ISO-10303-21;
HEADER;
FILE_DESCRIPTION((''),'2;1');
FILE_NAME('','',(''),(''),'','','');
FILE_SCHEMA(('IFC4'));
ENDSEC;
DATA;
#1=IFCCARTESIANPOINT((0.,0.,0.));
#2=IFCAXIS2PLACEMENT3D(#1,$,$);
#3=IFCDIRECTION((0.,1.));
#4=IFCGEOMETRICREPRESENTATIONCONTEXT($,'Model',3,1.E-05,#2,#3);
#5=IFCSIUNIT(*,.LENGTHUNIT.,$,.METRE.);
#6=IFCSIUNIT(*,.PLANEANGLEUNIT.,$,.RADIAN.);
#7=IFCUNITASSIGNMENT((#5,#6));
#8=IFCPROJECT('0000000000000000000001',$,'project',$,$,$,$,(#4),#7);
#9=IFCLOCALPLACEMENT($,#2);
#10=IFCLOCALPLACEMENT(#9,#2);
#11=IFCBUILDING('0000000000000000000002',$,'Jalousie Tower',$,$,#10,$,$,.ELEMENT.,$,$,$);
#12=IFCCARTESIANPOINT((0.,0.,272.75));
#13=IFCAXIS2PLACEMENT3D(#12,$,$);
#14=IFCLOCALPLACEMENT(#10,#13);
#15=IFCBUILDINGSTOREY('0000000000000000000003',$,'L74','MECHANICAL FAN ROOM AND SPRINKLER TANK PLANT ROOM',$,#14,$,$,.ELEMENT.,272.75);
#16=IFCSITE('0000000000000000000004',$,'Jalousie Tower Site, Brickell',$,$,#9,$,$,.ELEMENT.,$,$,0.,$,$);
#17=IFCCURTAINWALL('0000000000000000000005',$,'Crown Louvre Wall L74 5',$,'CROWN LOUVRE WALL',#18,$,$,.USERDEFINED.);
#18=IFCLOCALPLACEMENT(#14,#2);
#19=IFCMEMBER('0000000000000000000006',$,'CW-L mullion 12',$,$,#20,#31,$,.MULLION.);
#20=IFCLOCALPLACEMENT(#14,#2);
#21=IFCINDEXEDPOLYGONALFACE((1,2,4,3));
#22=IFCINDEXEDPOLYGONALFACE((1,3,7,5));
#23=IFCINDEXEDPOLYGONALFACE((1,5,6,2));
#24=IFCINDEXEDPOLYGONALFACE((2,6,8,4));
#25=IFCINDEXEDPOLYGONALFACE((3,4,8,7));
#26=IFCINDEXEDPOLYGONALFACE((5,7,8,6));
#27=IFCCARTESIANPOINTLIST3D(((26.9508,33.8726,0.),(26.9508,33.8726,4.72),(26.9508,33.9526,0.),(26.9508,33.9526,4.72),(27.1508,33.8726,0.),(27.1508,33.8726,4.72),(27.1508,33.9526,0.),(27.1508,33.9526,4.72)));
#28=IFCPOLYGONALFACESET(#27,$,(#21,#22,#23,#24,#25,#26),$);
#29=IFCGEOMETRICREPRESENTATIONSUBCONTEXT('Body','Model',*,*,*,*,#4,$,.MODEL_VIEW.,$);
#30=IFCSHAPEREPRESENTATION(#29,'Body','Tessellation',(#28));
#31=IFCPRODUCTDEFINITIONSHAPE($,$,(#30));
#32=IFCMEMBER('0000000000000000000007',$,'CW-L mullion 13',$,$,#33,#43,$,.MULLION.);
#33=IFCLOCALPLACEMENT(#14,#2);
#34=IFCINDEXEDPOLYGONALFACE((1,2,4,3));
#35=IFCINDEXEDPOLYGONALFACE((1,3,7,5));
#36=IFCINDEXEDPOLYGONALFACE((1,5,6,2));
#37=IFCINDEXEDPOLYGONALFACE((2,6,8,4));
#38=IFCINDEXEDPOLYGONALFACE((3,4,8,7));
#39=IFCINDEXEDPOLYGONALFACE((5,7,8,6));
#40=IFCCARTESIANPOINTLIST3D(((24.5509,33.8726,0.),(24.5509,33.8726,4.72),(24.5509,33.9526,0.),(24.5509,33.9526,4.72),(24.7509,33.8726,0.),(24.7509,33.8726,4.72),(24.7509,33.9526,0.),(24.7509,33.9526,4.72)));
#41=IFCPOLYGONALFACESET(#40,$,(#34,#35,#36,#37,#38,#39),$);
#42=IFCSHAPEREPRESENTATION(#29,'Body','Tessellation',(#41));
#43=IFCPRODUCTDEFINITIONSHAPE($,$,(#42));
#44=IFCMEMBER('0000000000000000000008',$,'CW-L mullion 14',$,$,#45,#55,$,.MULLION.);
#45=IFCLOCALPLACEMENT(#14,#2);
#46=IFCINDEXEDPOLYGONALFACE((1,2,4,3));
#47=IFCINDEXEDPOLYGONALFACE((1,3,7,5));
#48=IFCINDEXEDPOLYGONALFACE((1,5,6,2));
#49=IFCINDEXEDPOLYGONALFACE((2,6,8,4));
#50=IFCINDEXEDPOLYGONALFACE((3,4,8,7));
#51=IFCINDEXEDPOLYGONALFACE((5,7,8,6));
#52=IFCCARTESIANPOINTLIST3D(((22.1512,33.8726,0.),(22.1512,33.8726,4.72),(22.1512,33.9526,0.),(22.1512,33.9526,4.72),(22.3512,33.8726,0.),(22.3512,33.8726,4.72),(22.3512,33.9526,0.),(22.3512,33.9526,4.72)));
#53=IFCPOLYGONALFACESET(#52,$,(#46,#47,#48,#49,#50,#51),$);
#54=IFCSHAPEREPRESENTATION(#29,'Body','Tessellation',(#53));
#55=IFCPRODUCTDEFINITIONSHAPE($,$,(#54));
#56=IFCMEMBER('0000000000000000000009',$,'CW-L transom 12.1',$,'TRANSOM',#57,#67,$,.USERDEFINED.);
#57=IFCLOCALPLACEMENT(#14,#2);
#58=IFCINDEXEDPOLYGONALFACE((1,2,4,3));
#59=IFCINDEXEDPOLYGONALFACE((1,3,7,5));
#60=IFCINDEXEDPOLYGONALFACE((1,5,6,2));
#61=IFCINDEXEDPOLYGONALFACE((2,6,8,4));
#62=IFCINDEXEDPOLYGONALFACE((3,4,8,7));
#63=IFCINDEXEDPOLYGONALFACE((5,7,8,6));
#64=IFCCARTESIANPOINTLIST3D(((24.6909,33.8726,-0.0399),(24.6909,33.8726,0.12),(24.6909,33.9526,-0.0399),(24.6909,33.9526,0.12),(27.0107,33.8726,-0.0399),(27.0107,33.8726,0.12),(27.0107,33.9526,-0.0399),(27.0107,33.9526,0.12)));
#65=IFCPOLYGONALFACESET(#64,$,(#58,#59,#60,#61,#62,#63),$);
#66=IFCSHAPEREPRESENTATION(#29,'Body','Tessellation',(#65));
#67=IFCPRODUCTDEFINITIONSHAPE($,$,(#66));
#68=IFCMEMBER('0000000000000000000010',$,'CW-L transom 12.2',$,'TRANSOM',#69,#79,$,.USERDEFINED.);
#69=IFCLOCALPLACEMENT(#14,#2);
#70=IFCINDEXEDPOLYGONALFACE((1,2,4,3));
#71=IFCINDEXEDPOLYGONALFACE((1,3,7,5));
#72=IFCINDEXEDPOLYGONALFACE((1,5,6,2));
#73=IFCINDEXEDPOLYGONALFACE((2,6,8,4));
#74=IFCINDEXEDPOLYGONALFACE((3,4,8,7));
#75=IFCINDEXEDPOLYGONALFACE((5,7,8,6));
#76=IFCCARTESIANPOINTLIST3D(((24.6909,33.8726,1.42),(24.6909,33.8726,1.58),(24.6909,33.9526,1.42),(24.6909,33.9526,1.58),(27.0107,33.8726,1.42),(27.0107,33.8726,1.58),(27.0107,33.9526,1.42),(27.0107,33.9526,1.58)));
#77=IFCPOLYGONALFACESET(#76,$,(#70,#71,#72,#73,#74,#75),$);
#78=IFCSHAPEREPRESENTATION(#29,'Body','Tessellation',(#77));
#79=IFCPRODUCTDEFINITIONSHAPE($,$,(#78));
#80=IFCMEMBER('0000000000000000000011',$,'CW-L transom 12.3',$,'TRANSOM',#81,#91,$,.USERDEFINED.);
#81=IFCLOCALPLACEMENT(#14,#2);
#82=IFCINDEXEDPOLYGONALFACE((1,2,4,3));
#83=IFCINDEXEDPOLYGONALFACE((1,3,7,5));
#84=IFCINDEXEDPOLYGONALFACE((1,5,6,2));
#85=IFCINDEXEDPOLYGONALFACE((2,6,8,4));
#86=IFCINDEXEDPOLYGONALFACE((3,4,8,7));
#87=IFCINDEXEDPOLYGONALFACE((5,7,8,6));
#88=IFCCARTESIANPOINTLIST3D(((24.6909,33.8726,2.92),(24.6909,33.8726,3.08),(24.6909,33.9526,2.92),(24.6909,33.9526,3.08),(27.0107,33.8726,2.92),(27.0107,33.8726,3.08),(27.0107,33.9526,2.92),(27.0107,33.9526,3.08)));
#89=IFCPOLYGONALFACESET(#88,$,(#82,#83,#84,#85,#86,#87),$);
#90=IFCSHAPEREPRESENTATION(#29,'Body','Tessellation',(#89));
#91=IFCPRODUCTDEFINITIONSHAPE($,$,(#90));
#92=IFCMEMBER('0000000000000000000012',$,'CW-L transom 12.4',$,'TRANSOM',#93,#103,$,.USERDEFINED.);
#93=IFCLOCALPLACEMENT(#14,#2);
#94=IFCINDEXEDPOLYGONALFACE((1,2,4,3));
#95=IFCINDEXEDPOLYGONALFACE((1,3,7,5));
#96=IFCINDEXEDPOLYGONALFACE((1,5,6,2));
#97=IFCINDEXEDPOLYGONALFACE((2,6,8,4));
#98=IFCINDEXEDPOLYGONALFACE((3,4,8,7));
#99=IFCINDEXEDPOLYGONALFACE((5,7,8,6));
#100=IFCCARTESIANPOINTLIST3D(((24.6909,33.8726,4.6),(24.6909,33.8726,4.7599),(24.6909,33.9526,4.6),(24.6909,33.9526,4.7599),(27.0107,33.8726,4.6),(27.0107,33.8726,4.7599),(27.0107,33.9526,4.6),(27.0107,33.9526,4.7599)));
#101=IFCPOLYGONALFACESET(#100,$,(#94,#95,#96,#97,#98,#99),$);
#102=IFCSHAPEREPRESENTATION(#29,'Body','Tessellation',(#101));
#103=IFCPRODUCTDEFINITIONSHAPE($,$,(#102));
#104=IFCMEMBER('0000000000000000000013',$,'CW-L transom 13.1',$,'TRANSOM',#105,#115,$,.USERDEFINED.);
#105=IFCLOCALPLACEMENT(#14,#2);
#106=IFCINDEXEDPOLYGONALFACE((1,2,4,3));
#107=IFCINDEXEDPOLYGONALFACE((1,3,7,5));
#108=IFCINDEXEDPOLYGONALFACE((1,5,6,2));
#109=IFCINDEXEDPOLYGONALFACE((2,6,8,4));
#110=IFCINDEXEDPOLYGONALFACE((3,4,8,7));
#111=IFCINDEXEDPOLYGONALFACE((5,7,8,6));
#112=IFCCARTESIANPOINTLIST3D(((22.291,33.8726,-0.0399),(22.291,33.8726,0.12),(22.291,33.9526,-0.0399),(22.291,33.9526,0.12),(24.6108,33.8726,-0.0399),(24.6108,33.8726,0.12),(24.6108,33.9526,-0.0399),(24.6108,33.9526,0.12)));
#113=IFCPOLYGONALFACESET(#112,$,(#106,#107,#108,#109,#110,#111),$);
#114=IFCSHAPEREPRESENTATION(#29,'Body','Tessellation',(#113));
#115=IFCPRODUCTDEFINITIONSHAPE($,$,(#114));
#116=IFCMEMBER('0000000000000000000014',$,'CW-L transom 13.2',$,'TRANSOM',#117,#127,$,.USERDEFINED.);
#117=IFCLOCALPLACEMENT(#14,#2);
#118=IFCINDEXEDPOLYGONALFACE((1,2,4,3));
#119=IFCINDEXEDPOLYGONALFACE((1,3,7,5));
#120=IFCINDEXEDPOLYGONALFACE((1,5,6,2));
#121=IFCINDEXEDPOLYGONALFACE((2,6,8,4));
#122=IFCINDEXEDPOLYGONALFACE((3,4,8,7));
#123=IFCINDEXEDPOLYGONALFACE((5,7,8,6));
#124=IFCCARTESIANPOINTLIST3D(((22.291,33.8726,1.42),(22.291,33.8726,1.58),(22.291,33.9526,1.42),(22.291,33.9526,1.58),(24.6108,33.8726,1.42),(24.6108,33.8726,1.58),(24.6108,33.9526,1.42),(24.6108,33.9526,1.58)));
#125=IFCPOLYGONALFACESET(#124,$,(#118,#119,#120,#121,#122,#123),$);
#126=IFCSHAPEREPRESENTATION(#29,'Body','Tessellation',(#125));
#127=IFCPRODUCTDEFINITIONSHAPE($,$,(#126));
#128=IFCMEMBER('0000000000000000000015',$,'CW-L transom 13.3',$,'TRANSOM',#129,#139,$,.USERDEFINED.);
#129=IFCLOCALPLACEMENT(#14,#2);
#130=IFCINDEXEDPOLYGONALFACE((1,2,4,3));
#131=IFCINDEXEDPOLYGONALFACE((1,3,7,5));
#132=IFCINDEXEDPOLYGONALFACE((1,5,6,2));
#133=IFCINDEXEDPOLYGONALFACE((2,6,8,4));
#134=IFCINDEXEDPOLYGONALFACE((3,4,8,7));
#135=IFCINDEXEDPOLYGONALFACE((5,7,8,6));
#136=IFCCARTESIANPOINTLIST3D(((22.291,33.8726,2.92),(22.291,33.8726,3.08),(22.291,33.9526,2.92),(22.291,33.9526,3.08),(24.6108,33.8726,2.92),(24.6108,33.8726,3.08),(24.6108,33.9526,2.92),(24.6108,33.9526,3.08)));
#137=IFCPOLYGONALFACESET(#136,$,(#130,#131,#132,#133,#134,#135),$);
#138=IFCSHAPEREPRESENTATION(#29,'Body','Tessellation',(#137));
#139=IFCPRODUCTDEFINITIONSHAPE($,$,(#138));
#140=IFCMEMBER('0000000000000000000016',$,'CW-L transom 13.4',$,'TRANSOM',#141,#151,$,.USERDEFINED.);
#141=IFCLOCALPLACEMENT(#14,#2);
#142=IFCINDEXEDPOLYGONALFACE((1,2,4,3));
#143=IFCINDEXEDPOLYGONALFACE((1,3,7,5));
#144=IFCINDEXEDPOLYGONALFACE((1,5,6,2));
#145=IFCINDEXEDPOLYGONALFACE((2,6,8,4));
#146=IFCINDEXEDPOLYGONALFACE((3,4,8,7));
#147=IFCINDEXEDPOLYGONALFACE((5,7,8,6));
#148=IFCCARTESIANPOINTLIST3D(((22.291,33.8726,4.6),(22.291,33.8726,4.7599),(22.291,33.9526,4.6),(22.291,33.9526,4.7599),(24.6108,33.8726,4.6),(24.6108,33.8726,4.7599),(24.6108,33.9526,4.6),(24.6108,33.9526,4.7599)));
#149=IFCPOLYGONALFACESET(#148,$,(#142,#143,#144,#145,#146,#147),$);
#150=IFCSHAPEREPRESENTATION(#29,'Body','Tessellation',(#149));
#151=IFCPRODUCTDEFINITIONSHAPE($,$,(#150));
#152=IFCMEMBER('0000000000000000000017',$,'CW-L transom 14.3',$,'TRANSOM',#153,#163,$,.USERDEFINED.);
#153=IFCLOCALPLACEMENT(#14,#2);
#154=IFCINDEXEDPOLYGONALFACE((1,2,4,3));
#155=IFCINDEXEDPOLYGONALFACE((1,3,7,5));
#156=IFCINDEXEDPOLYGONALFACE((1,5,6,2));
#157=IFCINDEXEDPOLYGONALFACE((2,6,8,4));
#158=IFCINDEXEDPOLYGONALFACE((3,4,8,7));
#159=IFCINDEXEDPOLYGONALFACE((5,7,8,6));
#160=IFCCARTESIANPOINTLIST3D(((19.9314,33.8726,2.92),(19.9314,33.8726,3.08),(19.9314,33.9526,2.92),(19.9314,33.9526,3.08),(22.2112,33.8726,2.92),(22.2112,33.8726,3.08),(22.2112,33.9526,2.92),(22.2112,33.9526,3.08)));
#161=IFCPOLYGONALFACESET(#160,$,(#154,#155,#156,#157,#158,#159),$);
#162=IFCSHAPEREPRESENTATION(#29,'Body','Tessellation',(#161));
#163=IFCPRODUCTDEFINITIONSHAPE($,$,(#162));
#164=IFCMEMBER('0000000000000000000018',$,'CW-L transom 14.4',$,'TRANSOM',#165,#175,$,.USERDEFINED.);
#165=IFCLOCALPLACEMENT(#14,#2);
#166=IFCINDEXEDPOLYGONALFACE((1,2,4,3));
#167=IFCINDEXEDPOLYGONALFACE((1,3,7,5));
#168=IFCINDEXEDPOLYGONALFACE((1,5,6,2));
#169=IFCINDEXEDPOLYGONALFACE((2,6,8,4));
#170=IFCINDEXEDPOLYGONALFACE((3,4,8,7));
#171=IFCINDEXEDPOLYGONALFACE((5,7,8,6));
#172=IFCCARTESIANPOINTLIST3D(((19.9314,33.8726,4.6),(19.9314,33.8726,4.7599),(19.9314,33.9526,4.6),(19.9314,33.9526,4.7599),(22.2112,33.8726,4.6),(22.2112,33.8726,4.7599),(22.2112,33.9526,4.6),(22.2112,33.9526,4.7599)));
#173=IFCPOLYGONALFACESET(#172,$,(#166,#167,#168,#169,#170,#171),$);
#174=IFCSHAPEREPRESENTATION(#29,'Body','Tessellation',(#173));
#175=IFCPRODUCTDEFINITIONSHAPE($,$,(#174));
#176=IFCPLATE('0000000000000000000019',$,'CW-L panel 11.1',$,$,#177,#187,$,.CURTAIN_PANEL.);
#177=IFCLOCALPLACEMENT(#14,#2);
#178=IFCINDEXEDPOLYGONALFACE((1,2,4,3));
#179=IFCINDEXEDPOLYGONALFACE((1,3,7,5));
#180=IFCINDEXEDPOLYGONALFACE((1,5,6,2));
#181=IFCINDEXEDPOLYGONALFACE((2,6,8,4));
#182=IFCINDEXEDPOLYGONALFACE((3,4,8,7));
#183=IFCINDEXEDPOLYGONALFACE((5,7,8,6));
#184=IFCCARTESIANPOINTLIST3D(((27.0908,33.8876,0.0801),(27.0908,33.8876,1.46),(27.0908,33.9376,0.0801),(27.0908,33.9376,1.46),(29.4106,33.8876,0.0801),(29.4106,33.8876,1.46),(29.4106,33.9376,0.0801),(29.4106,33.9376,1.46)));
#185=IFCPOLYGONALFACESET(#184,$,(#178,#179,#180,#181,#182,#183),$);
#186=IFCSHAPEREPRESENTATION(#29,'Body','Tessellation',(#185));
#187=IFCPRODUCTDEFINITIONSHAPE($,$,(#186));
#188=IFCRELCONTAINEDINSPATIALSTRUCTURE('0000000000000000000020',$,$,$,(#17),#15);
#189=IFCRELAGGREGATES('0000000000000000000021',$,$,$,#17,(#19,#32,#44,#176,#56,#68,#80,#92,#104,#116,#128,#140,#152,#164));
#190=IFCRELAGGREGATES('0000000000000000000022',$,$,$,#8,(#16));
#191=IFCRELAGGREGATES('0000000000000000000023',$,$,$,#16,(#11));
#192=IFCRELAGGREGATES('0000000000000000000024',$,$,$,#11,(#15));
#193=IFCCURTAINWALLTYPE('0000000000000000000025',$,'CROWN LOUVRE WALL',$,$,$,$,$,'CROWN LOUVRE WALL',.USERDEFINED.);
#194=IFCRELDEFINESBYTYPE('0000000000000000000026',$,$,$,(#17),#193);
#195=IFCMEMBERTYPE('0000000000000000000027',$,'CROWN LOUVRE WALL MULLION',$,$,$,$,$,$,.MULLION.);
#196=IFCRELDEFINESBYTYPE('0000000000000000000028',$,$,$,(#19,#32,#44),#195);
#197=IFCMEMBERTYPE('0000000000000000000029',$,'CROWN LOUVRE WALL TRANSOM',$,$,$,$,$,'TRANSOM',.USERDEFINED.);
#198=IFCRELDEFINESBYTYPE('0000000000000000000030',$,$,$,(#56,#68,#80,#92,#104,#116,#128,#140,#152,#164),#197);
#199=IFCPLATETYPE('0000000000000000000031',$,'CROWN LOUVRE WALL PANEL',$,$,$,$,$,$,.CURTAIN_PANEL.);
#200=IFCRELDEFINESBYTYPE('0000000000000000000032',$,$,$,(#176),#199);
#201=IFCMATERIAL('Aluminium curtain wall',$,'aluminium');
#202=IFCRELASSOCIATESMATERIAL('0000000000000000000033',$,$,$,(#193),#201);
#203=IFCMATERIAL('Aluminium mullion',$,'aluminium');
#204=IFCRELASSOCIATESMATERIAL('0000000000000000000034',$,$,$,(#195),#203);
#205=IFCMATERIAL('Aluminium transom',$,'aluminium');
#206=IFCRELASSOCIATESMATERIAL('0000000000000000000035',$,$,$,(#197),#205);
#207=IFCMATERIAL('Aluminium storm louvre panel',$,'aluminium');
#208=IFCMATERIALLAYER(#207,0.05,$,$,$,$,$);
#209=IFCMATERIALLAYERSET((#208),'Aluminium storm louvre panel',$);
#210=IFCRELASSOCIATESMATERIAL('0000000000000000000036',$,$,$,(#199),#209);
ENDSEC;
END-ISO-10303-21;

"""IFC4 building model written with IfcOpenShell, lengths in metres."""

from ifc_helpers import new_model, si_unit, direction, frame, origin, origin_2d, place, context, subcontext, project, spatial, rectangle, extrude, material, layer, layer_set, material_profile, profile_set, type_object, element, aggregate, save


model = new_model("IFC4")

# Units and contexts
model_context = context("Model", 3, precision=1e-05, world=origin(), true_north=direction((0.0, 1.0)))
body_context = subcontext(model_context, "Body", "Model", "MODEL_VIEW")
ifc_project = project(units=[si_unit("LENGTHUNIT", "METRE"), si_unit("PLANEANGLEUNIT", "RADIAN")], contexts=[model_context])

# Site, building, storey
site_placement = place(None, origin())
site = spatial("IfcSite", under=ifc_project, at=site_placement, Name="Jalousie Tower Site, Brickell", CompositionType="ELEMENT", RefElevation=0.0)
building_placement = place(site_placement, origin())
building = spatial("IfcBuilding", under=site, at=building_placement, Name="Jalousie Tower", CompositionType="ELEMENT")
storey_placement = place(building_placement, frame((0.0, 0.0, 272.75)))
storey = spatial("IfcBuildingStorey", under=building, at=storey_placement, Name="L74", Description="MECHANICAL FAN ROOM AND SPRINKLER TANK PLANT ROOM", CompositionType="ELEMENT", Elevation=272.75)

# Curtain wall, members, plate
ifc_material_1 = material(Name="Aluminium curtain wall", Category="aluminium")
curtain_wall_type = type_object("IfcCurtainWallType", Name="CROWN LOUVRE WALL", ElementType="CROWN LOUVRE WALL", PredefinedType="USERDEFINED", material=ifc_material_1)
curtain_wall_placement = place(storey_placement, origin())
curtain_wall = element("IfcCurtainWall", 1, at=curtain_wall_placement, inside=storey, type_object=curtain_wall_type, Name="Crown Louvre Wall L74 5", ObjectType="CROWN LOUVRE WALL", PredefinedType="USERDEFINED")
ifc_material_2 = material(Name="Aluminium mullion", Category="aluminium")
ifc_material_profile_1 = material_profile(ifc_material_2, rectangle(XDim=0.0801, YDim=0.2, at=origin_2d()), Name="MULLION 80x200")
ifc_profile_set_1 = profile_set([ifc_material_profile_1], Name="Aluminium mullion")
member_type_1 = type_object("IfcMemberType", Name="CROWN LOUVRE WALL MULLION", PredefinedType="MULLION", material=ifc_profile_set_1)
member_1_placement = place(storey_placement, frame((27.0508, 33.9126, 0.0), z_axis=(0.0, 0.0, 1.0), x_axis=(0.0, -1.0, 0.0)))
member_1 = element("IfcMember", 2, at=member_1_placement, type_object=member_type_1, Name="CW-L mullion 12", PredefinedType="MULLION", context=body_context, shape_type="SweptSolid", body=[
    extrude(rectangle(XDim=0.0801, YDim=0.2, at=origin_2d()), origin(), (0.0, 0.0, 1.0), 4.72),
])
member_2_placement = place(storey_placement, frame((24.6509, 33.9126, 0.0), z_axis=(0.0, 0.0, 1.0), x_axis=(0.0, -1.0, 0.0)))
member_2 = element("IfcMember", 3, at=member_2_placement, type_object=member_type_1, Name="CW-L mullion 13", PredefinedType="MULLION", context=body_context, shape_type="SweptSolid", body=[
    extrude(rectangle(XDim=0.0801, YDim=0.2, at=origin_2d()), origin(), (0.0, 0.0, 1.0), 4.72),
])
member_3_placement = place(storey_placement, frame((22.2512, 33.9126, 0.0), z_axis=(0.0, 0.0, 1.0), x_axis=(0.0, -1.0, 0.0)))
member_3 = element("IfcMember", 4, at=member_3_placement, type_object=member_type_1, Name="CW-L mullion 14", PredefinedType="MULLION", context=body_context, shape_type="SweptSolid", body=[
    extrude(rectangle(XDim=0.0801, YDim=0.2, at=origin_2d()), origin(), (0.0, 0.0, 1.0), 4.72),
])
ifc_material_3 = material(Name="Aluminium transom", Category="aluminium")
ifc_material_profile_2 = material_profile(ifc_material_3, rectangle(XDim=0.0801, YDim=0.1599, at=origin_2d()), Name="TRANSOM 80x160")
ifc_profile_set_2 = profile_set([ifc_material_profile_2], Name="Aluminium transom")
member_type_2 = type_object("IfcMemberType", Name="CROWN LOUVRE WALL TRANSOM", ElementType="TRANSOM", PredefinedType="USERDEFINED", material=ifc_profile_set_2)
member_4_placement = place(storey_placement, frame((27.0107, 33.9126, 0.04), z_axis=(-1.0, 0.0, 0.0), x_axis=(0.0, -1.0, 0.0)))
member_4 = element("IfcMember", 5, at=member_4_placement, type_object=member_type_2, Name="CW-L transom 12.1", ObjectType="TRANSOM", PredefinedType="USERDEFINED", context=body_context, shape_type="SweptSolid", body=[
    extrude(rectangle(XDim=0.0801, YDim=0.1599, at=origin_2d()), origin(), (0.0, 0.0, 1.0), 2.3198),
])
member_5_placement = place(storey_placement, frame((27.0107, 33.9126, 1.5), z_axis=(-1.0, 0.0, 0.0), x_axis=(0.0, -1.0, 0.0)))
member_5 = element("IfcMember", 6, at=member_5_placement, type_object=member_type_2, Name="CW-L transom 12.2", ObjectType="TRANSOM", PredefinedType="USERDEFINED", context=body_context, shape_type="SweptSolid", body=[
    extrude(rectangle(XDim=0.0801, YDim=0.1599, at=origin_2d()), origin(), (0.0, 0.0, 1.0), 2.3198),
])
member_6_placement = place(storey_placement, frame((27.0107, 33.9126, 3.0), z_axis=(-1.0, 0.0, 0.0), x_axis=(0.0, -1.0, 0.0)))
member_6 = element("IfcMember", 7, at=member_6_placement, type_object=member_type_2, Name="CW-L transom 12.3", ObjectType="TRANSOM", PredefinedType="USERDEFINED", context=body_context, shape_type="SweptSolid", body=[
    extrude(rectangle(XDim=0.0801, YDim=0.1599, at=origin_2d()), origin(), (0.0, 0.0, 1.0), 2.3198),
])
member_7_placement = place(storey_placement, frame((27.0107, 33.9126, 4.6799), z_axis=(-1.0, 0.0, 0.0), x_axis=(0.0, -1.0, 0.0)))
member_7 = element("IfcMember", 8, at=member_7_placement, type_object=member_type_2, Name="CW-L transom 12.4", ObjectType="TRANSOM", PredefinedType="USERDEFINED", context=body_context, shape_type="SweptSolid", body=[
    extrude(rectangle(XDim=0.0801, YDim=0.1599, at=origin_2d()), origin(), (0.0, 0.0, 1.0), 2.3198),
])
member_8_placement = place(storey_placement, frame((24.6108, 33.9126, 0.04), z_axis=(-1.0, 0.0, 0.0), x_axis=(0.0, -1.0, 0.0)))
member_8 = element("IfcMember", 9, at=member_8_placement, type_object=member_type_2, Name="CW-L transom 13.1", ObjectType="TRANSOM", PredefinedType="USERDEFINED", context=body_context, shape_type="SweptSolid", body=[
    extrude(rectangle(XDim=0.0801, YDim=0.1599, at=origin_2d()), origin(), (0.0, 0.0, 1.0), 2.3198),
])
member_9_placement = place(storey_placement, frame((24.6108, 33.9126, 1.5), z_axis=(-1.0, 0.0, 0.0), x_axis=(0.0, -1.0, 0.0)))
member_9 = element("IfcMember", 10, at=member_9_placement, type_object=member_type_2, Name="CW-L transom 13.2", ObjectType="TRANSOM", PredefinedType="USERDEFINED", context=body_context, shape_type="SweptSolid", body=[
    extrude(rectangle(XDim=0.0801, YDim=0.1599, at=origin_2d()), origin(), (0.0, 0.0, 1.0), 2.3198),
])
member_10_placement = place(storey_placement, frame((24.6108, 33.9126, 3.0), z_axis=(-1.0, 0.0, 0.0), x_axis=(0.0, -1.0, 0.0)))
member_10 = element("IfcMember", 11, at=member_10_placement, type_object=member_type_2, Name="CW-L transom 13.3", ObjectType="TRANSOM", PredefinedType="USERDEFINED", context=body_context, shape_type="SweptSolid", body=[
    extrude(rectangle(XDim=0.0801, YDim=0.1599, at=origin_2d()), origin(), (0.0, 0.0, 1.0), 2.3198),
])
member_11_placement = place(storey_placement, frame((24.6108, 33.9126, 4.6799), z_axis=(-1.0, 0.0, 0.0), x_axis=(0.0, -1.0, 0.0)))
member_11 = element("IfcMember", 12, at=member_11_placement, type_object=member_type_2, Name="CW-L transom 13.4", ObjectType="TRANSOM", PredefinedType="USERDEFINED", context=body_context, shape_type="SweptSolid", body=[
    extrude(rectangle(XDim=0.0801, YDim=0.1599, at=origin_2d()), origin(), (0.0, 0.0, 1.0), 2.3198),
])
member_12_placement = place(storey_placement, frame((22.2112, 33.9126, 3.0), z_axis=(-1.0, 0.0, 0.0), x_axis=(0.0, -1.0, 0.0)))
member_12 = element("IfcMember", 13, at=member_12_placement, type_object=member_type_2, Name="CW-L transom 14.3", ObjectType="TRANSOM", PredefinedType="USERDEFINED", context=body_context, shape_type="SweptSolid", body=[
    extrude(rectangle(XDim=0.0801, YDim=0.1599, at=origin_2d()), origin(), (0.0, 0.0, 1.0), 2.2798),
])
member_13_placement = place(storey_placement, frame((22.2112, 33.9126, 4.6799), z_axis=(-1.0, 0.0, 0.0), x_axis=(0.0, -1.0, 0.0)))
member_13 = element("IfcMember", 14, at=member_13_placement, type_object=member_type_2, Name="CW-L transom 14.4", ObjectType="TRANSOM", PredefinedType="USERDEFINED", context=body_context, shape_type="SweptSolid", body=[
    extrude(rectangle(XDim=0.0801, YDim=0.1599, at=origin_2d()), origin(), (0.0, 0.0, 1.0), 2.2798),
])
ifc_material_4 = material(Name="Aluminium storm louvre panel", Category="aluminium")
ifc_layer = layer(ifc_material_4, 0.05)
ifc_layer_set = layer_set([ifc_layer], Name="Aluminium storm louvre panel")
plate_type = type_object("IfcPlateType", Name="CROWN LOUVRE WALL PANEL", PredefinedType="CURTAIN_PANEL", material=ifc_layer_set)
plate_1_placement = place(storey_placement, frame((28.2507, 33.9126, 0.0801), z_axis=(0.0, 0.0, 1.0), x_axis=(-1.0, 0.0, 0.0)))
plate_1 = element("IfcPlate", 15, at=plate_1_placement, type_object=plate_type, Name="CW-L panel 11.1", PredefinedType="CURTAIN_PANEL", context=body_context, shape_type="SweptSolid", body=[
    extrude(rectangle(XDim=2.3198, YDim=0.05, at=origin_2d()), origin(), (0.0, 0.0, 1.0), 1.3799),
])
aggregate(curtain_wall, [member_1, member_2, member_3, plate_1, member_4, member_5, member_6, member_7, member_8, member_9, member_10, member_11, member_12, member_13])

save(model, "model.ifc")
